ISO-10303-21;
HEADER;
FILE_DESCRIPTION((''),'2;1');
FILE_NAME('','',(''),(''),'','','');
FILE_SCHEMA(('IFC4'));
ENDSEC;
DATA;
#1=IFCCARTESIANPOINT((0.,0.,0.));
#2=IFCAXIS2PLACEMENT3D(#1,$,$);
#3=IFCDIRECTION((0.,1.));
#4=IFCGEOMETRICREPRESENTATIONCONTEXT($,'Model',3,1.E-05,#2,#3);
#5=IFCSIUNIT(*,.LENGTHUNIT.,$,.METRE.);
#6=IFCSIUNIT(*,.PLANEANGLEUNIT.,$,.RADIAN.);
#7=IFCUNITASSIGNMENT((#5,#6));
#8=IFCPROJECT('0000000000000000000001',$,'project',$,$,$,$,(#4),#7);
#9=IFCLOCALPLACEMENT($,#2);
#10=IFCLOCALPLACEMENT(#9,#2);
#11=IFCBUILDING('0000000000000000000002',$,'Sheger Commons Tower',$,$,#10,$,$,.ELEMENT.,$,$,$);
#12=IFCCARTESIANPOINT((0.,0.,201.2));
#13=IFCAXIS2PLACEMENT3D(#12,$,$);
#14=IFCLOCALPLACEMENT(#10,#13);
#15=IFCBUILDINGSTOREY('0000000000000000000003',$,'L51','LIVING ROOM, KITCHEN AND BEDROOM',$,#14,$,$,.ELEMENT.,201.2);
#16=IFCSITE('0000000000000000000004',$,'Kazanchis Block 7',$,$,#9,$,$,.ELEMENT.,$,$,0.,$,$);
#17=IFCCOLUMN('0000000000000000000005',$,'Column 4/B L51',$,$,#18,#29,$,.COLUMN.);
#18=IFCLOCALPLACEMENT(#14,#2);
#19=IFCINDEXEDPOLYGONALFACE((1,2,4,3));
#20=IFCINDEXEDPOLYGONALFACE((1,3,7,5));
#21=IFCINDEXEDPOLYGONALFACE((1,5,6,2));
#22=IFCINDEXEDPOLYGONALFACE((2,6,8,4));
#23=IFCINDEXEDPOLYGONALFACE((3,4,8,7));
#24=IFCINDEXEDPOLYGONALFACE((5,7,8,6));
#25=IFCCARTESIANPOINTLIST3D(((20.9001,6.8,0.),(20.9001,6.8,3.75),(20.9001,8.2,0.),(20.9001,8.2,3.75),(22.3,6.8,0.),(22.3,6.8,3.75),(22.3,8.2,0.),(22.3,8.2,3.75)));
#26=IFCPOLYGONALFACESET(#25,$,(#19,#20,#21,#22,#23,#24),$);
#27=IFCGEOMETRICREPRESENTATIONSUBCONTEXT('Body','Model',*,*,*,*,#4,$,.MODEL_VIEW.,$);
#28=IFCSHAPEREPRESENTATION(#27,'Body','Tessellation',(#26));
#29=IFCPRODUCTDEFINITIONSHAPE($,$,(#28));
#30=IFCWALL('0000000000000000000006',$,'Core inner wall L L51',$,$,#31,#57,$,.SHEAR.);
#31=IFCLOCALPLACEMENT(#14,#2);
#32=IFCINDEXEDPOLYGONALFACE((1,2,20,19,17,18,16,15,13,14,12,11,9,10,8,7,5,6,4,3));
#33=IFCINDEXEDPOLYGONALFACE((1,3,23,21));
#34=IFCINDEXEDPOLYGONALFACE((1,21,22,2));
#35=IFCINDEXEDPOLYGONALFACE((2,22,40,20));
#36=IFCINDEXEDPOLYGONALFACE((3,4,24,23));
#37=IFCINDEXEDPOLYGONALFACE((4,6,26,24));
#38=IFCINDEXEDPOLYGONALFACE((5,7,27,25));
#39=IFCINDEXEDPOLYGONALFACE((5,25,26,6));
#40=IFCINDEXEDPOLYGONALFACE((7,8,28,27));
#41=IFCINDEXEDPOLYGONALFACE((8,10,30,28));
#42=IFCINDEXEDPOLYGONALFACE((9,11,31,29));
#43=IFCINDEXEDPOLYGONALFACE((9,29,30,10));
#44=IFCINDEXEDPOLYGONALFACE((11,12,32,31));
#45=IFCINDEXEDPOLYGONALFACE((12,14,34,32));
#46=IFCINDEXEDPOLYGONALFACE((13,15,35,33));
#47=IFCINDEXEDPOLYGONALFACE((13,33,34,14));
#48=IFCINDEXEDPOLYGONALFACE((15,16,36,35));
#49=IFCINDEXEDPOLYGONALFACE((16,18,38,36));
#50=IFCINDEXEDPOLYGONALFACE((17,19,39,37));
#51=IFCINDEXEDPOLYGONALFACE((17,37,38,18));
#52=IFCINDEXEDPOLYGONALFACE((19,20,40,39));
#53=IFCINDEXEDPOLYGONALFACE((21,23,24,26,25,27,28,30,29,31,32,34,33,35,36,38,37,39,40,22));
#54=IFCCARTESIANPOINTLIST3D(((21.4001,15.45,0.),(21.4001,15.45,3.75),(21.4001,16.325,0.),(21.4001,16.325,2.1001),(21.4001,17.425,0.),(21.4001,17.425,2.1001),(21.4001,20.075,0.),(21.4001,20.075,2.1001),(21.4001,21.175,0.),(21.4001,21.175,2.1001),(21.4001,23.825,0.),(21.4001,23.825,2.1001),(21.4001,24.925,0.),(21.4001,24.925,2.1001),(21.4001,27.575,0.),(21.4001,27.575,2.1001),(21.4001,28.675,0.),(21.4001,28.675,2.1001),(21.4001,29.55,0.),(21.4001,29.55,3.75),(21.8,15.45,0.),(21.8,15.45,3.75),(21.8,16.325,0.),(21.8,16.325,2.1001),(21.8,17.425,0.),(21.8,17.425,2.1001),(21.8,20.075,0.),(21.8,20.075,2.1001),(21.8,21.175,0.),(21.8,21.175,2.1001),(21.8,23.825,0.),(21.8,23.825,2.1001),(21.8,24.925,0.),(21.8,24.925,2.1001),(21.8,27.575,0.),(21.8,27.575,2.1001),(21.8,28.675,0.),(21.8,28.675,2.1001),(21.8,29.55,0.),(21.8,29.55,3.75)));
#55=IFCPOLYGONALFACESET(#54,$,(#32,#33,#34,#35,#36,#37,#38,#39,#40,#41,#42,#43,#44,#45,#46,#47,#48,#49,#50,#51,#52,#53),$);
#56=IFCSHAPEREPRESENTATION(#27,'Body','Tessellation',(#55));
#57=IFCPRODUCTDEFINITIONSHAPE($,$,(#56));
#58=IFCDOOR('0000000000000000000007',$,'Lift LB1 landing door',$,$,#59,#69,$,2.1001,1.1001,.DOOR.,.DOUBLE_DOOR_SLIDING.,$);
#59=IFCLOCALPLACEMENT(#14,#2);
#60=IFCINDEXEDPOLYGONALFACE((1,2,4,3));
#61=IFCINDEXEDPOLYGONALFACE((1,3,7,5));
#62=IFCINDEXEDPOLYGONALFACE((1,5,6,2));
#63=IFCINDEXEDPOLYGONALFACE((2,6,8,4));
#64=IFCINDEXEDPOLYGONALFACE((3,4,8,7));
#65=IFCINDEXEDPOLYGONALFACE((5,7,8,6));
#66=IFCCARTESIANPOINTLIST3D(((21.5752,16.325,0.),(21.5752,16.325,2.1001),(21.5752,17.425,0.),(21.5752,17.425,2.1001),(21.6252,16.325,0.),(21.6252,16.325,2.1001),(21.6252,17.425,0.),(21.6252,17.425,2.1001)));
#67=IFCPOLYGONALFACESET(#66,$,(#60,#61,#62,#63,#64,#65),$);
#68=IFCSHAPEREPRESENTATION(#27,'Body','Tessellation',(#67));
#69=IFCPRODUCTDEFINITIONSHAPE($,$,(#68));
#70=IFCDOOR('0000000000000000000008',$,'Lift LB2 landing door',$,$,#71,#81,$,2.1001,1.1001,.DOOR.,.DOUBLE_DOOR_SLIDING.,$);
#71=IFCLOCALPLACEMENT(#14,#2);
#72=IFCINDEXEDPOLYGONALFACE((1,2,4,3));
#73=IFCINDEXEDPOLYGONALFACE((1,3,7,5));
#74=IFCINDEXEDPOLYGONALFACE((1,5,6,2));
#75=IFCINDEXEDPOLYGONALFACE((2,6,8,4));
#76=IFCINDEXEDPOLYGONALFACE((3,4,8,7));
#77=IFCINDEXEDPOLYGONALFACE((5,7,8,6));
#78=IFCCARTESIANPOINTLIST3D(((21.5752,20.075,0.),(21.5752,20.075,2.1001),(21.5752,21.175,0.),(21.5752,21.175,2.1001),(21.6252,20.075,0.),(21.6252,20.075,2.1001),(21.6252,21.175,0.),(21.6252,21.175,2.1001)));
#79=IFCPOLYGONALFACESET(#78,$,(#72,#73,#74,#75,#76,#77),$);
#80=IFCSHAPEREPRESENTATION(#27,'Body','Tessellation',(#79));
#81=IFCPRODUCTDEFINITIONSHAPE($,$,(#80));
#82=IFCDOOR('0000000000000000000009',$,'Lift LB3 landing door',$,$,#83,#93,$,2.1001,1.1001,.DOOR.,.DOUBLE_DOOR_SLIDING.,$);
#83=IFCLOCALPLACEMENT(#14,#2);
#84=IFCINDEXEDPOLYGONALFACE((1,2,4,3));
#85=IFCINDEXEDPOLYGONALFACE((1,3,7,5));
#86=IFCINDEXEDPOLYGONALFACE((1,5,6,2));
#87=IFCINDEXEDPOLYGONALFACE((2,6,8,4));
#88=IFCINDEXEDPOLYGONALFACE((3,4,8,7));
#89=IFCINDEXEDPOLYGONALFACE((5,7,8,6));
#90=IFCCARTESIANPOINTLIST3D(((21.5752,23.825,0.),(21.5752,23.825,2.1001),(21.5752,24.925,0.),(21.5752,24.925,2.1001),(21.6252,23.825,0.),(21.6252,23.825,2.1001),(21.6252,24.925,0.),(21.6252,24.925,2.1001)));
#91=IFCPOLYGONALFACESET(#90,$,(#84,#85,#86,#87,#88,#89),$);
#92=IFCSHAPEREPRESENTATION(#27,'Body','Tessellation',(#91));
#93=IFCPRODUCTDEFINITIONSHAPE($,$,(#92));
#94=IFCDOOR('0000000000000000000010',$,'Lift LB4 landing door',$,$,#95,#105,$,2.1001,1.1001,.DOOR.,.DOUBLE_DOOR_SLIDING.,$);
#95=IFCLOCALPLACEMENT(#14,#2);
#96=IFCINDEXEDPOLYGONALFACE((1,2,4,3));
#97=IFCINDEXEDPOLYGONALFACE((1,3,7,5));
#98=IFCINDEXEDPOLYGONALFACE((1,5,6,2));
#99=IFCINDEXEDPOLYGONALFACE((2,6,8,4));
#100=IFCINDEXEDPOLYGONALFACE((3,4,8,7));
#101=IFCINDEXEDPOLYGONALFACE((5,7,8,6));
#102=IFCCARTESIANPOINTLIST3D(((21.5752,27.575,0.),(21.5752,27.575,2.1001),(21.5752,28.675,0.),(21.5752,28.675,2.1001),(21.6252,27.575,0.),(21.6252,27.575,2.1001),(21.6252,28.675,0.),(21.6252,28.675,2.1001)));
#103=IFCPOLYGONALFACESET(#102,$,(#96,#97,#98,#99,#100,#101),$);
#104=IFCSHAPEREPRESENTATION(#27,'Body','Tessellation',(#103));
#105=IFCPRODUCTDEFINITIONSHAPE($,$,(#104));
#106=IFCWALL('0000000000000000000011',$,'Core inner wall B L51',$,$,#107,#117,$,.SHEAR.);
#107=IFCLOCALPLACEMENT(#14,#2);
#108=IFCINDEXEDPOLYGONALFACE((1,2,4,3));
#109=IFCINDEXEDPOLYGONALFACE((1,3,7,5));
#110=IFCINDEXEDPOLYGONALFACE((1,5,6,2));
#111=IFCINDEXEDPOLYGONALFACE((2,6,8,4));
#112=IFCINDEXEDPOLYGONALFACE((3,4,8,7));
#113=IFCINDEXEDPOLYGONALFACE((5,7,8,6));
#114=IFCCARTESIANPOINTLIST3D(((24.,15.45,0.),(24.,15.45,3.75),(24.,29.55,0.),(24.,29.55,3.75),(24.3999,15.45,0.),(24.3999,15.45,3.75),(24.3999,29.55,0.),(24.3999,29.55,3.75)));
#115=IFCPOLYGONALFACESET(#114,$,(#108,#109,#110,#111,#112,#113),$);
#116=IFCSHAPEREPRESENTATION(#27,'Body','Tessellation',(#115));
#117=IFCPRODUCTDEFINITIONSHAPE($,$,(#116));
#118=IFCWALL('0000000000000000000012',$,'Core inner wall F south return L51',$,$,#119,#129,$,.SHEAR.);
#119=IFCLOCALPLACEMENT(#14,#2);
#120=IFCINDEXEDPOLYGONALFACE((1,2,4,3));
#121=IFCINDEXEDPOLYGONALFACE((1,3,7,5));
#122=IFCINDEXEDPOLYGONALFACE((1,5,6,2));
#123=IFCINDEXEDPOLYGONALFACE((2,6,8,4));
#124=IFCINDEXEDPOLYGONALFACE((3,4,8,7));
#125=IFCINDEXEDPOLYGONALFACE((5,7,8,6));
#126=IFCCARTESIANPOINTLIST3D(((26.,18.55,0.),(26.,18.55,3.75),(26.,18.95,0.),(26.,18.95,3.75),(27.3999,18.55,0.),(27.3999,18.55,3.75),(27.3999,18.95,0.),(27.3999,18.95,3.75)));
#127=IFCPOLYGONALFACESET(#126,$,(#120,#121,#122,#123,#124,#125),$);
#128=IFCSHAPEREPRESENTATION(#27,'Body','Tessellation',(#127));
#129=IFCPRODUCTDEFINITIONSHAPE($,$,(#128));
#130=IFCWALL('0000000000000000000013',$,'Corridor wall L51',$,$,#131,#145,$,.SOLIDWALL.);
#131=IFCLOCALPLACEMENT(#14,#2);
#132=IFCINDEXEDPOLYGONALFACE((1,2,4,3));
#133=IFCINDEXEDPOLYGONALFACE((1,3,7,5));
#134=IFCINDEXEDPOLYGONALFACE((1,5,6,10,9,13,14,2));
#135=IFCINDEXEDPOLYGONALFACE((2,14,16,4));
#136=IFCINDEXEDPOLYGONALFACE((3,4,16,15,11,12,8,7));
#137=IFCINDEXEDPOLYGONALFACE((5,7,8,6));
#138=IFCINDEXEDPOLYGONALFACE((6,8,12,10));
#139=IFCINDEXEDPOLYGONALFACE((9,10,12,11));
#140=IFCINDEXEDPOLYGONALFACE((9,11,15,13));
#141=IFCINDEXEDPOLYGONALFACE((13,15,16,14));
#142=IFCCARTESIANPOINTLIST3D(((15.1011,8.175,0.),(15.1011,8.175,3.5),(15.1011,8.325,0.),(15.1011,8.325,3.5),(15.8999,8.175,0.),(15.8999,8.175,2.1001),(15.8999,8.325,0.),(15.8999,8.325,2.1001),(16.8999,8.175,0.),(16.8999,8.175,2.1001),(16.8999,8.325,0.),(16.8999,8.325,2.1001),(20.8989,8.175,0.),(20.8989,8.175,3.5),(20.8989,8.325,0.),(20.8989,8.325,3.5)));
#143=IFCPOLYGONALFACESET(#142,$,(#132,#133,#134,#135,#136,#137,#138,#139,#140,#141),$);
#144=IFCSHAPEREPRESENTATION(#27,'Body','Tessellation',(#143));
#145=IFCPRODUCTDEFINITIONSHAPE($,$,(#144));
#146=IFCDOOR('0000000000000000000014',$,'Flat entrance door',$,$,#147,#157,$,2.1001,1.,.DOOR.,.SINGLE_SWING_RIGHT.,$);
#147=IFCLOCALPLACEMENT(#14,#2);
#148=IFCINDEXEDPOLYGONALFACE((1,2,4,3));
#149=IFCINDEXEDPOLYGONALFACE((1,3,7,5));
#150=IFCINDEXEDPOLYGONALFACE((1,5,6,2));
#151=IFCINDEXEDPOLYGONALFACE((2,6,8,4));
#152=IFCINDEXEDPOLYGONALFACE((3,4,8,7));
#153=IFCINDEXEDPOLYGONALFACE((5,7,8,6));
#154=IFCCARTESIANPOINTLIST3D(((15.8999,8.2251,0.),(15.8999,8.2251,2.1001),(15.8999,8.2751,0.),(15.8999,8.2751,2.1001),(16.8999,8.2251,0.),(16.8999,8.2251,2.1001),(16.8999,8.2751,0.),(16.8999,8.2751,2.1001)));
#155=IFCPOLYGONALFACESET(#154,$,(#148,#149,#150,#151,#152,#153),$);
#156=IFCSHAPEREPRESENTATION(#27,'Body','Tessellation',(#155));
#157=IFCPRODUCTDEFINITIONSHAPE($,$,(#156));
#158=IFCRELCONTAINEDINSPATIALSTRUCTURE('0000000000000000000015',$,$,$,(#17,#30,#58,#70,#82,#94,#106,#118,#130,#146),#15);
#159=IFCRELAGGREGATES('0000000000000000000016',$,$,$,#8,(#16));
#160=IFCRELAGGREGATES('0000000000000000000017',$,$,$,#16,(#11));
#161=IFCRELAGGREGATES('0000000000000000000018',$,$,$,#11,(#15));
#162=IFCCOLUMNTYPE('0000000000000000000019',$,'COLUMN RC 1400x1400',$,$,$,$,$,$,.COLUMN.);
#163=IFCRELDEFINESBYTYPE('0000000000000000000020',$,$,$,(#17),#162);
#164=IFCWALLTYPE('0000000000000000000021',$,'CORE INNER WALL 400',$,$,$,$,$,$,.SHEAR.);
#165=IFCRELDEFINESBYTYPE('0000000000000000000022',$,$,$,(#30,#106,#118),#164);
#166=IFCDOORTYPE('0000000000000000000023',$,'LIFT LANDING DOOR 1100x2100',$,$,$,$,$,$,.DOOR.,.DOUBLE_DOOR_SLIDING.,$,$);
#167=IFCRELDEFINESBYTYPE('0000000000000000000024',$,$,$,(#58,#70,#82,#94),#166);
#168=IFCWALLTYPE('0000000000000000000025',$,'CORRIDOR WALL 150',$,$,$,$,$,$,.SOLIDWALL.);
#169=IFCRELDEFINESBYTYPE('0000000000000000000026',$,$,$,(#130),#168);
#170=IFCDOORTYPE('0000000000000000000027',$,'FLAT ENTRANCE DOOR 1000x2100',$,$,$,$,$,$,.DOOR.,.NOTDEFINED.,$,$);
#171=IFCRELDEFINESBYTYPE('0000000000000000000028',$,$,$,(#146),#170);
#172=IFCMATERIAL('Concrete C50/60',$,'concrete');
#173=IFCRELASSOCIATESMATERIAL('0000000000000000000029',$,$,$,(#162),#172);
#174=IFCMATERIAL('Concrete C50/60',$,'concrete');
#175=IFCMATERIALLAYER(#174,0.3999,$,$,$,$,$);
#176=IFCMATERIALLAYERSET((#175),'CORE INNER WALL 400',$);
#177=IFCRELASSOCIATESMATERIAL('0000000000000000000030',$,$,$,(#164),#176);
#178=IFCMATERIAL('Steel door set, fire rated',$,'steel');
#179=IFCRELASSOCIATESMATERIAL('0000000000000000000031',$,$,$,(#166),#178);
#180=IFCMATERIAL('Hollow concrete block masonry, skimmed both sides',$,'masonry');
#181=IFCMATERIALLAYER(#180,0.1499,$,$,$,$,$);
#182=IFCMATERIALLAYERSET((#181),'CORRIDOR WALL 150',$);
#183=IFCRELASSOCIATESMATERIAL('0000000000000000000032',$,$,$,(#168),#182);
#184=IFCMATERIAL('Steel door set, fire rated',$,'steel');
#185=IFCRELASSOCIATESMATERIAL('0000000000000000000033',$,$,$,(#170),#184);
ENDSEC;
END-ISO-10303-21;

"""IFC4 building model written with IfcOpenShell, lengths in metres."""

from ifc_helpers import new_model, si_unit, direction, frame, frame_2d, origin, origin_2d, place, context, subcontext, project, spatial, rectangle, extrude, material, layer, layer_set, material_profile, profile_set, type_object, element, fill, save


model = new_model("IFC4")

# Units and contexts
model_context = context("Model", 3, precision=1e-05, world=origin(), true_north=direction((0.0, 1.0)))
body_context = subcontext(model_context, "Body", "Model", "MODEL_VIEW")
ifc_project = project(units=[si_unit("LENGTHUNIT", "METRE"), si_unit("PLANEANGLEUNIT", "RADIAN")], contexts=[model_context])

# Site, building, storey
site_placement = place(None, origin())
site = spatial("IfcSite", under=ifc_project, at=site_placement, Name="Kazanchis Block 7", CompositionType="ELEMENT", RefElevation=0.0)
building_placement = place(site_placement, origin())
building = spatial("IfcBuilding", under=site, at=building_placement, Name="Sheger Commons Tower", CompositionType="ELEMENT")
storey_placement = place(building_placement, frame((0.0, 0.0, 201.2)))
storey = spatial("IfcBuildingStorey", under=building, at=storey_placement, Name="L51", Description="LIVING ROOM, KITCHEN AND BEDROOM", CompositionType="ELEMENT", Elevation=201.2)

# Column
ifc_material_1 = material(Name="Concrete C50/60", Category="concrete")
ifc_material_profile = material_profile(ifc_material_1, rectangle(XDim=1.3999, YDim=1.3999, at=origin_2d()), Name="RC 1400x1400")
ifc_profile_set = profile_set([ifc_material_profile], Name="Concrete C50/60")
column_type = type_object("IfcColumnType", Name="COLUMN RC 1400x1400", PredefinedType="COLUMN", material=ifc_profile_set)
column_placement = place(storey_placement, frame((21.6001, 7.5, 0.0), z_axis=(0.0, 0.0, 1.0), x_axis=(1.0, 0.0, 0.0)))
element("IfcColumn", 1, at=column_placement, inside=storey, type_object=column_type, Name="Column 4/B L51", PredefinedType="COLUMN", context=body_context, shape_type="SweptSolid", body=[
    extrude(rectangle(XDim=1.3999, YDim=1.3999, at=origin_2d()), origin(), (0.0, 0.0, 1.0), 3.75),
])

# Wall, openings, doors
ifc_material_2 = material(Name="Concrete C50/60", Category="concrete")
ifc_layer_1 = layer(ifc_material_2, 0.3999)
ifc_layer_set_1 = layer_set([ifc_layer_1], Name="CORE INNER WALL 400")
wall_type_1 = type_object("IfcWallType", Name="CORE INNER WALL 400", PredefinedType="SHEAR", material=ifc_layer_set_1)
wall_1_placement = place(storey_placement, frame((21.6001, 15.45, 0.0), z_axis=(0.0, 0.0, 1.0), x_axis=(0.0, 1.0, 0.0)))
wall_1 = element("IfcWall", 2, at=wall_1_placement, inside=storey, type_object=wall_type_1, Name="Core inner wall L L51", PredefinedType="SHEAR", context=body_context, shape_type="SweptSolid", body=[
    extrude(rectangle(XDim=14.1001, YDim=0.3999, at=frame_2d((7.05, 0.0))), origin(), (0.0, 0.0, 1.0), 3.75),
])
opening_1_placement = place(wall_1_placement, frame((0.875, 0.0, 0.0)))
opening_1 = element("IfcOpeningElement", 3, at=opening_1_placement, cuts=wall_1, PredefinedType="OPENING", context=body_context, shape_type="SweptSolid", body=[
    extrude(rectangle(XDim=1.1001, YDim=2.1001, at=frame_2d((0.55, 1.05))), frame((0.0, 0.21, 0.0), z_axis=(0.0, -1.0, 0.0), x_axis=(1.0, 0.0, 0.0)), (0.0, 0.0, 1.0), 0.4199),
])
opening_2_placement = place(wall_1_placement, frame((4.625, 0.0, 0.0)))
opening_2 = element("IfcOpeningElement", 4, at=opening_2_placement, cuts=wall_1, PredefinedType="OPENING", context=body_context, shape_type="SweptSolid", body=[
    extrude(rectangle(XDim=1.1001, YDim=2.1001, at=frame_2d((0.55, 1.05))), frame((0.0, 0.21, 0.0), z_axis=(0.0, -1.0, 0.0), x_axis=(1.0, 0.0, 0.0)), (0.0, 0.0, 1.0), 0.4199),
])
opening_3_placement = place(wall_1_placement, frame((8.375, 0.0, 0.0)))
opening_3 = element("IfcOpeningElement", 5, at=opening_3_placement, cuts=wall_1, PredefinedType="OPENING", context=body_context, shape_type="SweptSolid", body=[
    extrude(rectangle(XDim=1.1001, YDim=2.1001, at=frame_2d((0.55, 1.05))), frame((0.0, 0.21, 0.0), z_axis=(0.0, -1.0, 0.0), x_axis=(1.0, 0.0, 0.0)), (0.0, 0.0, 1.0), 0.4199),
])
opening_4_placement = place(wall_1_placement, frame((12.125, 0.0, 0.0)))
opening_4 = element("IfcOpeningElement", 6, at=opening_4_placement, cuts=wall_1, PredefinedType="OPENING", context=body_context, shape_type="SweptSolid", body=[
    extrude(rectangle(XDim=1.1001, YDim=2.1001, at=frame_2d((0.55, 1.05))), frame((0.0, 0.21, 0.0), z_axis=(0.0, -1.0, 0.0), x_axis=(1.0, 0.0, 0.0)), (0.0, 0.0, 1.0), 0.4199),
])
ifc_material_3 = material(Name="Steel door set, fire rated", Category="steel")
door_type_1 = type_object("IfcDoorType", Name="LIFT LANDING DOOR 1100x2100", OperationType="DOUBLE_DOOR_SLIDING", PredefinedType="DOOR", material=ifc_material_3)
door_1_placement = place(opening_1_placement, origin())
door_1 = element("IfcDoor", 7, at=door_1_placement, inside=storey, type_object=door_type_1, Name="Lift LB1 landing door", OperationType="DOUBLE_DOOR_SLIDING", OverallHeight=2.1001, OverallWidth=1.1001, PredefinedType="DOOR", context=body_context, shape_type="SweptSolid", body=[
    extrude(rectangle(XDim=1.1001, YDim=2.1001, at=frame_2d((0.55, 1.05))), frame((0.0, 0.0249, 0.0), z_axis=(0.0, -1.0, 0.0), x_axis=(1.0, 0.0, 0.0)), (0.0, 0.0, 1.0), 0.05),
])
fill(opening_1, door_1)
door_2_placement = place(opening_2_placement, origin())
door_2 = element("IfcDoor", 8, at=door_2_placement, inside=storey, type_object=door_type_1, Name="Lift LB2 landing door", OperationType="DOUBLE_DOOR_SLIDING", OverallHeight=2.1001, OverallWidth=1.1001, PredefinedType="DOOR", context=body_context, shape_type="SweptSolid", body=[
    extrude(rectangle(XDim=1.1001, YDim=2.1001, at=frame_2d((0.55, 1.05))), frame((0.0, 0.0249, 0.0), z_axis=(0.0, -1.0, 0.0), x_axis=(1.0, 0.0, 0.0)), (0.0, 0.0, 1.0), 0.05),
])
fill(opening_2, door_2)
door_3_placement = place(opening_3_placement, origin())
door_3 = element("IfcDoor", 9, at=door_3_placement, inside=storey, type_object=door_type_1, Name="Lift LB3 landing door", OperationType="DOUBLE_DOOR_SLIDING", OverallHeight=2.1001, OverallWidth=1.1001, PredefinedType="DOOR", context=body_context, shape_type="SweptSolid", body=[
    extrude(rectangle(XDim=1.1001, YDim=2.1001, at=frame_2d((0.55, 1.05))), frame((0.0, 0.0249, 0.0), z_axis=(0.0, -1.0, 0.0), x_axis=(1.0, 0.0, 0.0)), (0.0, 0.0, 1.0), 0.05),
])
fill(opening_3, door_3)
door_4_placement = place(opening_4_placement, origin())
door_4 = element("IfcDoor", 10, at=door_4_placement, inside=storey, type_object=door_type_1, Name="Lift LB4 landing door", OperationType="DOUBLE_DOOR_SLIDING", OverallHeight=2.1001, OverallWidth=1.1001, PredefinedType="DOOR", context=body_context, shape_type="SweptSolid", body=[
    extrude(rectangle(XDim=1.1001, YDim=2.1001, at=frame_2d((0.55, 1.05))), frame((0.0, 0.0249, 0.0), z_axis=(0.0, -1.0, 0.0), x_axis=(1.0, 0.0, 0.0)), (0.0, 0.0, 1.0), 0.05),
])
fill(opening_4, door_4)

# Walls
wall_2_placement = place(storey_placement, frame((24.2, 15.45, 0.0), z_axis=(0.0, 0.0, 1.0), x_axis=(0.0, 1.0, 0.0)))
element("IfcWall", 11, at=wall_2_placement, inside=storey, type_object=wall_type_1, Name="Core inner wall B L51", PredefinedType="SHEAR", context=body_context, shape_type="SweptSolid", body=[
    extrude(rectangle(XDim=14.1001, YDim=0.3999, at=frame_2d((7.05, 0.0))), origin(), (0.0, 0.0, 1.0), 3.75),
])
wall_3_placement = place(storey_placement, frame((26.0, 18.75, 0.0), z_axis=(0.0, 0.0, 1.0), x_axis=(1.0, 0.0, 0.0)))
element("IfcWall", 12, at=wall_3_placement, inside=storey, type_object=wall_type_1, Name="Core inner wall F south return L51", PredefinedType="SHEAR", context=body_context, shape_type="SweptSolid", body=[
    extrude(rectangle(XDim=1.3999, YDim=0.3999, at=frame_2d((0.7, 0.0))), origin(), (0.0, 0.0, 1.0), 3.75),
])

# Wall, opening, door
ifc_material_4 = material(Name="Hollow concrete block masonry, skimmed both sides", Category="masonry")
ifc_layer_2 = layer(ifc_material_4, 0.1499)
ifc_layer_set_2 = layer_set([ifc_layer_2], Name="CORRIDOR WALL 150")
wall_type_2 = type_object("IfcWallType", Name="CORRIDOR WALL 150", PredefinedType="SOLIDWALL", material=ifc_layer_set_2)
wall_4_placement = place(storey_placement, frame((20.8989, 8.25, 0.0), z_axis=(0.0, 0.0, 1.0), x_axis=(-1.0, 0.0, 0.0)))
wall_4 = element("IfcWall", 13, at=wall_4_placement, inside=storey, type_object=wall_type_2, Name="Corridor wall L51", PredefinedType="SOLIDWALL", context=body_context, shape_type="SweptSolid", body=[
    extrude(rectangle(XDim=5.7979, YDim=0.1499, at=frame_2d((2.8989, 0.0))), origin(), (0.0, 0.0, 1.0), 3.5),
])
opening_5_placement = place(wall_4_placement, frame((3.999, 0.0, 0.0)))
opening_5 = element("IfcOpeningElement", 14, at=opening_5_placement, cuts=wall_4, PredefinedType="OPENING", context=body_context, shape_type="SweptSolid", body=[
    extrude(rectangle(XDim=1.0, YDim=2.1001, at=frame_2d((0.5, 1.05))), frame((0.0, 0.085, 0.0), z_axis=(0.0, -1.0, 0.0), x_axis=(1.0, 0.0, 0.0)), (0.0, 0.0, 1.0), 0.1699),
])
ifc_material_5 = material(Name="Steel door set, fire rated", Category="steel")
door_type_2 = type_object("IfcDoorType", Name="FLAT ENTRANCE DOOR 1000x2100", OperationType="NOTDEFINED", PredefinedType="DOOR", material=ifc_material_5)
door_5_placement = place(opening_5_placement, origin())
door_5 = element("IfcDoor", 15, at=door_5_placement, inside=storey, type_object=door_type_2, Name="Flat entrance door", OperationType="SINGLE_SWING_RIGHT", OverallHeight=2.1001, OverallWidth=1.0, PredefinedType="DOOR", context=body_context, shape_type="SweptSolid", body=[
    extrude(rectangle(XDim=1.0, YDim=2.1001, at=frame_2d((0.5, 1.05))), frame((0.0, 0.0249, 0.0), z_axis=(0.0, -1.0, 0.0), x_axis=(1.0, 0.0, 0.0)), (0.0, 0.0, 1.0), 0.05),
])
fill(opening_5, door_5)

save(model, "model.ifc")
